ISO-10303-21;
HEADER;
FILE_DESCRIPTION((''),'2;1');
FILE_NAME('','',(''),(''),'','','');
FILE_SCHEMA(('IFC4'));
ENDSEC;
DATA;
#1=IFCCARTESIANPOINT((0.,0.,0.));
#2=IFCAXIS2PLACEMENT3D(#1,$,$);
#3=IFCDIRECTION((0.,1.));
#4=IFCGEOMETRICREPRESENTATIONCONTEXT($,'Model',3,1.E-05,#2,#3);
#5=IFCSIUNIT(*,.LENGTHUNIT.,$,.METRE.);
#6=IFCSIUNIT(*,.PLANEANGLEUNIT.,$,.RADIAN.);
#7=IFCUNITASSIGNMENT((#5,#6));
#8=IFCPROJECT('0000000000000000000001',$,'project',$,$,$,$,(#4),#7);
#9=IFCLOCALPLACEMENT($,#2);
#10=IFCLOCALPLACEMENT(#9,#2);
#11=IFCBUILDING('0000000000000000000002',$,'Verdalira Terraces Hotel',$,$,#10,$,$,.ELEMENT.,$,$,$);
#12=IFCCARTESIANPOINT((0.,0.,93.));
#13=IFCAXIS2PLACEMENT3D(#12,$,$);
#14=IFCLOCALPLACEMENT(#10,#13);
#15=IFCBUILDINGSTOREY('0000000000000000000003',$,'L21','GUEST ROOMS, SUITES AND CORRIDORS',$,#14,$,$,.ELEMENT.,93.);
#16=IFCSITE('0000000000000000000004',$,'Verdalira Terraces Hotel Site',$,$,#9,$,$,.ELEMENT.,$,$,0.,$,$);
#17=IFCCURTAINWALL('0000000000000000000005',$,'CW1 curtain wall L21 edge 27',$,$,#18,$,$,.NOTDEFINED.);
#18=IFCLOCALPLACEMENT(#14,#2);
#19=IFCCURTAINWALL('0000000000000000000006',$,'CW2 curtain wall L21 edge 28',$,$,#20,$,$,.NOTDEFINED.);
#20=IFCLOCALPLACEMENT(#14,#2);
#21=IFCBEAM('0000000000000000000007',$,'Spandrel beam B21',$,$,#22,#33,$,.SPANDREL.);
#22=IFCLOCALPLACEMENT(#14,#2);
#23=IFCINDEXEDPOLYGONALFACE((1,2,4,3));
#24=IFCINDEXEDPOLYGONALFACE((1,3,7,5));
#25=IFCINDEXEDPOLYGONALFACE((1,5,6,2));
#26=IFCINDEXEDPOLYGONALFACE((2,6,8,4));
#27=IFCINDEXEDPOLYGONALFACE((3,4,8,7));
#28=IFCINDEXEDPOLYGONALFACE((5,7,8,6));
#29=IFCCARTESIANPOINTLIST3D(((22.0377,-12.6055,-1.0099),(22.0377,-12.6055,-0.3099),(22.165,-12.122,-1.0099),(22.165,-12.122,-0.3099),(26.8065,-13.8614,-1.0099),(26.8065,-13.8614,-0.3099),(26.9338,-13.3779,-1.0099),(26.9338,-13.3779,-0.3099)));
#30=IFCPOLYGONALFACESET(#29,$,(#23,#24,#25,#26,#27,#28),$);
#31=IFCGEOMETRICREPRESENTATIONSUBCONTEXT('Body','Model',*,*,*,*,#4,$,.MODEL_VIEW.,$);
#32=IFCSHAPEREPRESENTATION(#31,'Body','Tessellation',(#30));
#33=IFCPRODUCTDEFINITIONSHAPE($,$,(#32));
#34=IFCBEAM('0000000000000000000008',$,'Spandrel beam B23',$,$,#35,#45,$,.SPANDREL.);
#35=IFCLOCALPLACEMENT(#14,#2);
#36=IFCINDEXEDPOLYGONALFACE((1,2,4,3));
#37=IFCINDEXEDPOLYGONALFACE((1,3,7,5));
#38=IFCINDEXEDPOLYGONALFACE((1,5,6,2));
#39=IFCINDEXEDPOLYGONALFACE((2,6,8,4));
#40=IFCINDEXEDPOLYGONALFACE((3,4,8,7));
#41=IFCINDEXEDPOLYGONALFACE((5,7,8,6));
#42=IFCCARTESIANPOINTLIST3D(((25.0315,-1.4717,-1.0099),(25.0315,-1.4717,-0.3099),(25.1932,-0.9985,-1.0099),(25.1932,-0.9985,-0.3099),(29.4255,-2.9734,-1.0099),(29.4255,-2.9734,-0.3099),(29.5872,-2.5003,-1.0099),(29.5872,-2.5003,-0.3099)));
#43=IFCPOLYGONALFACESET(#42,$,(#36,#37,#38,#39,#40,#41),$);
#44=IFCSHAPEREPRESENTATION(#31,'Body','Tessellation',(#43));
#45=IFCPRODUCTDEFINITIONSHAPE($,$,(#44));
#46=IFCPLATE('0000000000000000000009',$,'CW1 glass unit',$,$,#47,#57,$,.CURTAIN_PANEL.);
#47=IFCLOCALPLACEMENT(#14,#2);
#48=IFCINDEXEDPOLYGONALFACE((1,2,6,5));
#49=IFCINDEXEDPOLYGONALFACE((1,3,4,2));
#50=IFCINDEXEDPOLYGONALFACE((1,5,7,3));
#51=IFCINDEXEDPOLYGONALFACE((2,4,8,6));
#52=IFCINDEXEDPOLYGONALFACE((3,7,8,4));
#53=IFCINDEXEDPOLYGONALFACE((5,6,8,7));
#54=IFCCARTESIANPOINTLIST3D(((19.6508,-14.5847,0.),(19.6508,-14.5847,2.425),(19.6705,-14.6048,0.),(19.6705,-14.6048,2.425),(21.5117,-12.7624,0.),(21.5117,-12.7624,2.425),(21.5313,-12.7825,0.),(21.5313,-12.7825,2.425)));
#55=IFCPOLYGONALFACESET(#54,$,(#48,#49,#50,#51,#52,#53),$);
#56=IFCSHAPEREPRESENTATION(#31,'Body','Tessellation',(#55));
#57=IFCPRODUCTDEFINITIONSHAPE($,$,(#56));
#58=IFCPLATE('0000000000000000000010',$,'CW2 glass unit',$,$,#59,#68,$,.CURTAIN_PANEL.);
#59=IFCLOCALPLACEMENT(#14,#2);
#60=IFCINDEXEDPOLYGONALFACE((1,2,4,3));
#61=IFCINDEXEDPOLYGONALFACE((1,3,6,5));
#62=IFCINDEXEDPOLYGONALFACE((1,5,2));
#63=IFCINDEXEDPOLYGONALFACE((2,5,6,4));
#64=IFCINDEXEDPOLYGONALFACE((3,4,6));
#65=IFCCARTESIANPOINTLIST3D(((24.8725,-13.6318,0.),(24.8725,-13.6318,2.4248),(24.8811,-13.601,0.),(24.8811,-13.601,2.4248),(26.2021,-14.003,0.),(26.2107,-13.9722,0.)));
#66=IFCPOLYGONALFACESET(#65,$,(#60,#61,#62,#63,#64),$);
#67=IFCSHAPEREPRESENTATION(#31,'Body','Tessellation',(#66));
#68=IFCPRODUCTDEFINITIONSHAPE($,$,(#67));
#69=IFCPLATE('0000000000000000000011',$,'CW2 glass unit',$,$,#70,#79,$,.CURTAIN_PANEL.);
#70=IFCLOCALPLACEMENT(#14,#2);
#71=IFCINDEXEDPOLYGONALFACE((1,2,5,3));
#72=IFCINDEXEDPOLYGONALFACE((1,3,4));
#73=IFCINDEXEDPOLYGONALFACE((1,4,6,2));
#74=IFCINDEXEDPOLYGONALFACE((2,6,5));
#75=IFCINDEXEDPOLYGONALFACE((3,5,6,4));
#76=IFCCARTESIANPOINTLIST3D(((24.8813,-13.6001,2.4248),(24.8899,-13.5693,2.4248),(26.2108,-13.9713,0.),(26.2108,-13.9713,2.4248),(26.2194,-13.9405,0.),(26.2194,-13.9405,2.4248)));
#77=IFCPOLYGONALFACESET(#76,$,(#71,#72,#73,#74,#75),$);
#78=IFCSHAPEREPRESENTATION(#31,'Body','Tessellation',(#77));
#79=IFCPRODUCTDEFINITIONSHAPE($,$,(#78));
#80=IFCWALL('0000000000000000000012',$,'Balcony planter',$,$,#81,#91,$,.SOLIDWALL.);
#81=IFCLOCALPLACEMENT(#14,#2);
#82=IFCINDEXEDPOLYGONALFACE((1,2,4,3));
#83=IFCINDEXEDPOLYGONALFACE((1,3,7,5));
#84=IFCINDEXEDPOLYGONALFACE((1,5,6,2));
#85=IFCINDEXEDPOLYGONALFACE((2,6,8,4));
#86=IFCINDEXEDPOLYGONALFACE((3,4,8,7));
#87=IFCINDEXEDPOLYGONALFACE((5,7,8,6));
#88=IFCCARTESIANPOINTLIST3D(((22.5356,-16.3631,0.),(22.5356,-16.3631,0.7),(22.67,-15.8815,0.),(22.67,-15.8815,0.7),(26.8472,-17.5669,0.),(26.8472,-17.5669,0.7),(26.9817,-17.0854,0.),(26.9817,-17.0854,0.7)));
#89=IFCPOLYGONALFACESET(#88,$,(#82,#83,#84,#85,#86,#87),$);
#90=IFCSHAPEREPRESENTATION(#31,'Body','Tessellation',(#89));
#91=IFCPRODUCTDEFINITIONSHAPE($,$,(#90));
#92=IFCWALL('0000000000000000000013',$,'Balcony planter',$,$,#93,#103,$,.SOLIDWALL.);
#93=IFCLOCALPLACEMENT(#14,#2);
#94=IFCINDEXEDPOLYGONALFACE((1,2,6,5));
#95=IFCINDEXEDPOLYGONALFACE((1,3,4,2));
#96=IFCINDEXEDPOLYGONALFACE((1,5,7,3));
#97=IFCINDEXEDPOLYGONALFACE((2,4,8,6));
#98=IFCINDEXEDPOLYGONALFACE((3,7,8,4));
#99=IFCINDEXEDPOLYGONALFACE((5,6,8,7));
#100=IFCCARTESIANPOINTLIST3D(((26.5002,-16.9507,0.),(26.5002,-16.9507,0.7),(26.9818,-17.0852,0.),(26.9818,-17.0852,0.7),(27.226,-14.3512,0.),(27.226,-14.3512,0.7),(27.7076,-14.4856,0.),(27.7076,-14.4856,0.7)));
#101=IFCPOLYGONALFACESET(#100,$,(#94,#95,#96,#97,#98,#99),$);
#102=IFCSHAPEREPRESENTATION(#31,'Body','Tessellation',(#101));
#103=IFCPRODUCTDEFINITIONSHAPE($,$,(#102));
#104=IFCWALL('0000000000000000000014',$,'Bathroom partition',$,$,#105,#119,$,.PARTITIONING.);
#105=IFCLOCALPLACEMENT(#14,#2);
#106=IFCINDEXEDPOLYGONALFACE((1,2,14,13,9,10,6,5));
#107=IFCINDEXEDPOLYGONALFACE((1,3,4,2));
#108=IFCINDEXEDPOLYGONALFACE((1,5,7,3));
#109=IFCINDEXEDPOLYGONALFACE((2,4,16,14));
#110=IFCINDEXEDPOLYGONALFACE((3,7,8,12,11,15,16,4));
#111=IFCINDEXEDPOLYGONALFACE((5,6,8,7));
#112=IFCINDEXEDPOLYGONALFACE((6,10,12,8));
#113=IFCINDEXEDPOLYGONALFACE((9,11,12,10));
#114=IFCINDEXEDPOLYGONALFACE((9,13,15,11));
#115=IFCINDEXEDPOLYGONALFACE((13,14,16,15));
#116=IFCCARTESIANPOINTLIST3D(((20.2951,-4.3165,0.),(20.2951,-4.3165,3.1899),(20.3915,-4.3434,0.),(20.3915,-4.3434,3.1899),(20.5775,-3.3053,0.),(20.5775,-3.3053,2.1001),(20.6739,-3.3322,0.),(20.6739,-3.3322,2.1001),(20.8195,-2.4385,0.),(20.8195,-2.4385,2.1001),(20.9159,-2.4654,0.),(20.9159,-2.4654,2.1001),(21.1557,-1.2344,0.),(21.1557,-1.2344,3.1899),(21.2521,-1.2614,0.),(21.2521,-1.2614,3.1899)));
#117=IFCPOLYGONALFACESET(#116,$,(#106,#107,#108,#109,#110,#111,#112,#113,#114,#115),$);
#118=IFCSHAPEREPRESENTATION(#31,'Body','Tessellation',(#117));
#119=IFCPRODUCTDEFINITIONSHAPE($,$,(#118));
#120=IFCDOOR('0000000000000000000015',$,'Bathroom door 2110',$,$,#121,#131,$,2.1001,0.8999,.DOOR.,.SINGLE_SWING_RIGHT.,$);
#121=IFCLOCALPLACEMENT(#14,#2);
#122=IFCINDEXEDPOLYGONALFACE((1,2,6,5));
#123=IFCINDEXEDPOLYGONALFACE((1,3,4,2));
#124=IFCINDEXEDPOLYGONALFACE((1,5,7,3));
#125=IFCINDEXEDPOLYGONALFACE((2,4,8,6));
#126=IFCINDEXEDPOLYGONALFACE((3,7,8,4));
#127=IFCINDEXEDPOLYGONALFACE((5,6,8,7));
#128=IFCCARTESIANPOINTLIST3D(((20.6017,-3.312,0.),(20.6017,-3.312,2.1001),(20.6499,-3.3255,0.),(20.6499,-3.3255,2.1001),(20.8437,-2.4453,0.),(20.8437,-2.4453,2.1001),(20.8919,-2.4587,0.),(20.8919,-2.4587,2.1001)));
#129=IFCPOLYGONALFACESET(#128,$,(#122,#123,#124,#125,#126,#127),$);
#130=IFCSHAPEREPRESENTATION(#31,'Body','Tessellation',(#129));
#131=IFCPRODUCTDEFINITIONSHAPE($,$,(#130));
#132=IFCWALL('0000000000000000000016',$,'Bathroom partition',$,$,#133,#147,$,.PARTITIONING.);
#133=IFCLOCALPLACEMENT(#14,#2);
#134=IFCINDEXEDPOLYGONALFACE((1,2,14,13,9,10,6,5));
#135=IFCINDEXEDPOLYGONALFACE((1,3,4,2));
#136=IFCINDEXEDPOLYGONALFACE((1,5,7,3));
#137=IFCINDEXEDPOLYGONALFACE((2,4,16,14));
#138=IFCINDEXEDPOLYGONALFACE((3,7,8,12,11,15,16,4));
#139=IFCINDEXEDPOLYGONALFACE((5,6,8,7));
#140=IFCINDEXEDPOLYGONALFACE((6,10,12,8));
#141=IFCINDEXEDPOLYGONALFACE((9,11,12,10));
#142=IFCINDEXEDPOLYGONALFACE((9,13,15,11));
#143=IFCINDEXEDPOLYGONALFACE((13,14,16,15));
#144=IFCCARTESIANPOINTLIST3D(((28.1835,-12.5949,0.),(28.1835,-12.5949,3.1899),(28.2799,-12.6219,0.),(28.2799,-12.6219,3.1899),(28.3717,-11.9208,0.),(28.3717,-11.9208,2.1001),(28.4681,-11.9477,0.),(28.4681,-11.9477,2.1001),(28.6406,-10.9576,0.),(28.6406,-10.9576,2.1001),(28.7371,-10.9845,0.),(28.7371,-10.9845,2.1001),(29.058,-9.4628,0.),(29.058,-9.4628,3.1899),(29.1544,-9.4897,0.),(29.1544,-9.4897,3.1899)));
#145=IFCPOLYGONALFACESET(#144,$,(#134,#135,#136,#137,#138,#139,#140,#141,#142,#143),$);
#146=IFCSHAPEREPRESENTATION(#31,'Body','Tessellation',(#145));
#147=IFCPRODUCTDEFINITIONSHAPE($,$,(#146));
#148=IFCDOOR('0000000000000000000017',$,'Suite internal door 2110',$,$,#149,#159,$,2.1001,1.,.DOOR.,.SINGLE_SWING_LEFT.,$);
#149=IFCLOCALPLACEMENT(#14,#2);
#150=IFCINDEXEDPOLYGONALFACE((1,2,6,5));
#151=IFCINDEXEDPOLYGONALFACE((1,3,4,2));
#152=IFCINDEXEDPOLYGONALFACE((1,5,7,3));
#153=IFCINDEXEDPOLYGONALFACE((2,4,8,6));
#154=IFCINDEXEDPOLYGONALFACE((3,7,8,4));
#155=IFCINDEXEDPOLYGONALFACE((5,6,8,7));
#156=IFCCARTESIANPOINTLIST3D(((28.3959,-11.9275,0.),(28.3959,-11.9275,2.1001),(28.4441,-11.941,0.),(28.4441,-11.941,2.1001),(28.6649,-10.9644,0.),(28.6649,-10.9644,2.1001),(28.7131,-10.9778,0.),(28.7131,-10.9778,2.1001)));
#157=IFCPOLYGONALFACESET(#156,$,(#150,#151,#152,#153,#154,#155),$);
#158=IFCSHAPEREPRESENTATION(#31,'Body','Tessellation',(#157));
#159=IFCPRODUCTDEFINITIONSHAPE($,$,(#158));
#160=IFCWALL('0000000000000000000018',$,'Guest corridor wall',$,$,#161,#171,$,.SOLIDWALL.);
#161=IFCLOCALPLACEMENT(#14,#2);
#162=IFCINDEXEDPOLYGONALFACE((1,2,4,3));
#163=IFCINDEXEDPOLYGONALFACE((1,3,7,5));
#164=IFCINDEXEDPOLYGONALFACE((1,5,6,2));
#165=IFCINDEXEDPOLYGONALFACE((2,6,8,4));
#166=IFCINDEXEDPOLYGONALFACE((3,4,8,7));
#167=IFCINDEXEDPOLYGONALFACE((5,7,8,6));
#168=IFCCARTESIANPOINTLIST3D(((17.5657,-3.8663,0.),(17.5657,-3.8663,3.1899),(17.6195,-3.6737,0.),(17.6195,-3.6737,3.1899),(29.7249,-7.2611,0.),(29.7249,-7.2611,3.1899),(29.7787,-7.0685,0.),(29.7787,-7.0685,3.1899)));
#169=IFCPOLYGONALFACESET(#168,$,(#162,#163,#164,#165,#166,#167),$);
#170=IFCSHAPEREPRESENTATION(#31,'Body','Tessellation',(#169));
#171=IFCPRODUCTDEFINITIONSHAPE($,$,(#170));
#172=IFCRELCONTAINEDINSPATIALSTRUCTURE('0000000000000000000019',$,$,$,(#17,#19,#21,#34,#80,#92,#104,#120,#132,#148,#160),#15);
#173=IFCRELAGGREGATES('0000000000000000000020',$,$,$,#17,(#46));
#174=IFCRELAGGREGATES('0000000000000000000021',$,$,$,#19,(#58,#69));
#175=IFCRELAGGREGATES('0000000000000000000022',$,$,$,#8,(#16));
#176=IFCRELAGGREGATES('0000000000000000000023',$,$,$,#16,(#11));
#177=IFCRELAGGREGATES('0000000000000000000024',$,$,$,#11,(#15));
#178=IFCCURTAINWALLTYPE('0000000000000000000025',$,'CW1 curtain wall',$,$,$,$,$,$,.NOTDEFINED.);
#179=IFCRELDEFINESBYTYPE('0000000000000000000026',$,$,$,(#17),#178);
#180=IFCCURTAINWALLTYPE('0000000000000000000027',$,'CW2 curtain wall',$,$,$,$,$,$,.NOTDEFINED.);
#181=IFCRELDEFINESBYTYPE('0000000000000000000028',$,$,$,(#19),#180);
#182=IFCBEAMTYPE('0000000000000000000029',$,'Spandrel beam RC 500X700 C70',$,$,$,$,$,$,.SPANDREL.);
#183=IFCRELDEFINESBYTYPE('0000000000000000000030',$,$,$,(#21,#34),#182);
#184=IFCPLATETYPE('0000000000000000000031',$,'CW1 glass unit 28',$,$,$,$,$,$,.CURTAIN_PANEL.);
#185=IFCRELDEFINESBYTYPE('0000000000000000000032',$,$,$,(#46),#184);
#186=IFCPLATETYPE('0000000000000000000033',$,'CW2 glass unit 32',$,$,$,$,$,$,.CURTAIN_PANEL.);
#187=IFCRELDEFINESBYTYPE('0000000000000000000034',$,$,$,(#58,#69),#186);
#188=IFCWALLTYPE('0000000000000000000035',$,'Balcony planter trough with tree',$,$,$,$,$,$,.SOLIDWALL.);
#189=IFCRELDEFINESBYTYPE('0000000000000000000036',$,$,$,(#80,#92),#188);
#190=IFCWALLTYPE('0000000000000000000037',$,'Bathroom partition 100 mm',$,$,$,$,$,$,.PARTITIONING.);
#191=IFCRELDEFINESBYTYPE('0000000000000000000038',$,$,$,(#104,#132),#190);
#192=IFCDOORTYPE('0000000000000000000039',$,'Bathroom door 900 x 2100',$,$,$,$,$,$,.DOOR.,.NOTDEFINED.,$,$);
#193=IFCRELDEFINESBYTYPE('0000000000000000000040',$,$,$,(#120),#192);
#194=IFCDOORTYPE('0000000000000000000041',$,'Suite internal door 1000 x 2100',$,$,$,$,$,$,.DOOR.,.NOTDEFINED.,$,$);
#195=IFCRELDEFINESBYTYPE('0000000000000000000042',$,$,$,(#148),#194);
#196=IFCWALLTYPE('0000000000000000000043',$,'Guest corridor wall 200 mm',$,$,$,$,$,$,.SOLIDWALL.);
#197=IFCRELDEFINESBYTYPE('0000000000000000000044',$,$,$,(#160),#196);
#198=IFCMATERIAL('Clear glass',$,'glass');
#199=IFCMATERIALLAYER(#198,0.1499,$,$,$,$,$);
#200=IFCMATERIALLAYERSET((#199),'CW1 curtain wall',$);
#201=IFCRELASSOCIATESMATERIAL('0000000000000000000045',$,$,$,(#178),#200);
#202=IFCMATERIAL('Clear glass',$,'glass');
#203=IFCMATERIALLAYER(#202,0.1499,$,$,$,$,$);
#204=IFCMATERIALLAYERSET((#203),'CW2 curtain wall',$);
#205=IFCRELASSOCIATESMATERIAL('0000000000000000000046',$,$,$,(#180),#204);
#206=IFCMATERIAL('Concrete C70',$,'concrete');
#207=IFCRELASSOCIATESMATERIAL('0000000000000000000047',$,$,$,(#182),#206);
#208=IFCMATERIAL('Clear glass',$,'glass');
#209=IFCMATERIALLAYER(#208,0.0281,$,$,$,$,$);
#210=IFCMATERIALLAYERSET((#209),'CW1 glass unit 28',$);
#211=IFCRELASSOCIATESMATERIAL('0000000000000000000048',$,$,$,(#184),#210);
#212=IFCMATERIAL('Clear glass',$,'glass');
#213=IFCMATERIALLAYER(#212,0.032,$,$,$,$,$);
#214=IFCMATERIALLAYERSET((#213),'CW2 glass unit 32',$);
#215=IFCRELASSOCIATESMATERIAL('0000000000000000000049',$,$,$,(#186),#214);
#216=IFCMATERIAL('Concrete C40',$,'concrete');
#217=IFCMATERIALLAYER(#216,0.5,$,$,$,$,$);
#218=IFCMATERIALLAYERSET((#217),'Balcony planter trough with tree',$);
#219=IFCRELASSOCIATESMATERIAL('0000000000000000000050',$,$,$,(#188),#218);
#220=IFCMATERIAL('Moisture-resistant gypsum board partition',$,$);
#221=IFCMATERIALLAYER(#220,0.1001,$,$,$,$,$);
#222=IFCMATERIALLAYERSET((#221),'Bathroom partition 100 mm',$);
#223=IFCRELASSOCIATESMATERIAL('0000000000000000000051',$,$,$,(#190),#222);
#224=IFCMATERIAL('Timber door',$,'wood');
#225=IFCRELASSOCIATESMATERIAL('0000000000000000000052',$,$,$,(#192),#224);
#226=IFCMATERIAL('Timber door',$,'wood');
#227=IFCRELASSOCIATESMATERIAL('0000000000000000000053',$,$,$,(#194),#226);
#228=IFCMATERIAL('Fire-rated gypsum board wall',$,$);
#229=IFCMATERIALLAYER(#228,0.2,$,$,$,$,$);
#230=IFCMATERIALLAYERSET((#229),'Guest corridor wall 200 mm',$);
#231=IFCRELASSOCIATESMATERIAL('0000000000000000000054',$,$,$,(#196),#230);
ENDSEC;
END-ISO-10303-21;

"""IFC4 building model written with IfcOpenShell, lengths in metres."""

from ifc_helpers import new_model, si_unit, direction, frame, frame_2d, origin, origin_2d, place, context, subcontext, project, spatial, polyline, rectangle, outline, extrude, material, layer, layer_set, material_profile, profile_set, type_object, element, fill, aggregate, save


model = new_model("IFC4")

# Units and contexts
model_context = context("Model", 3, precision=1e-05, world=origin(), true_north=direction((0.0, 1.0)))
body_context = subcontext(model_context, "Body", "Model", "MODEL_VIEW")
ifc_project = project(units=[si_unit("LENGTHUNIT", "METRE"), si_unit("PLANEANGLEUNIT", "RADIAN")], contexts=[model_context])

# Site, building, storey
site_placement = place(None, origin())
site = spatial("IfcSite", under=ifc_project, at=site_placement, Name="Verdalira Terraces Hotel Site", CompositionType="ELEMENT", RefElevation=0.0)
building_placement = place(site_placement, origin())
building = spatial("IfcBuilding", under=site, at=building_placement, Name="Verdalira Terraces Hotel", CompositionType="ELEMENT")
storey_placement = place(building_placement, frame((0.0, 0.0, 93.0)))
storey = spatial("IfcBuildingStorey", under=building, at=storey_placement, Name="L21", Description="GUEST ROOMS, SUITES AND CORRIDORS", CompositionType="ELEMENT", Elevation=93.0)

# Curtain wall
ifc_material_1 = material(Name="Clear glass", Category="glass")
ifc_layer_1 = layer(ifc_material_1, 0.1499)
ifc_layer_set_1 = layer_set([ifc_layer_1], Name="CW1 curtain wall")
curtain_wall_type_1 = type_object("IfcCurtainWallType", Name="CW1 curtain wall", PredefinedType="NOTDEFINED", material=ifc_layer_set_1)
curtain_wall_1_placement = place(storey_placement, origin())
curtain_wall_1 = element("IfcCurtainWall", 1, at=curtain_wall_1_placement, inside=storey, type_object=curtain_wall_type_1, Name="CW1 curtain wall L21 edge 27", PredefinedType="NOTDEFINED")

# Curtain wall
ifc_material_2 = material(Name="Clear glass", Category="glass")
ifc_layer_2 = layer(ifc_material_2, 0.1499)
ifc_layer_set_2 = layer_set([ifc_layer_2], Name="CW2 curtain wall")
curtain_wall_type_2 = type_object("IfcCurtainWallType", Name="CW2 curtain wall", PredefinedType="NOTDEFINED", material=ifc_layer_set_2)
curtain_wall_2_placement = place(storey_placement, origin())
curtain_wall_2 = element("IfcCurtainWall", 2, at=curtain_wall_2_placement, inside=storey, type_object=curtain_wall_type_2, Name="CW2 curtain wall L21 edge 28", PredefinedType="NOTDEFINED")

# Beams
ifc_material_3 = material(Name="Concrete C70", Category="concrete")
ifc_material_profile_1 = material_profile(ifc_material_3, rectangle(XDim=0.5, YDim=0.7, at=origin_2d()), Name="RC 500X700")
ifc_profile_set_1 = profile_set([ifc_material_profile_1], Name="Concrete C70")
beam_type_1 = type_object("IfcBeamType", Name="Spandrel beam RC 500X700 C70", PredefinedType="SPANDREL", material=ifc_profile_set_1)
beam_1_placement = place(storey_placement, frame((22.1013, -12.3638, -0.6599), z_axis=(0.967029, -0.254666, 0.0), x_axis=(0.254666, 0.967029, 0.0)))
element("IfcBeam", 3, at=beam_1_placement, inside=storey, type_object=beam_type_1, Name="Spandrel beam B21", PredefinedType="SPANDREL", context=body_context, shape_type="SweptSolid", body=[
    extrude(rectangle(XDim=0.5, YDim=0.7, at=origin_2d()), origin(), (0.0, 0.0, 1.0), 4.9314),
])
beam_2_placement = place(storey_placement, frame((29.5063, -2.7368, -0.6599), z_axis=(-0.946264, 0.323395, 0.0), x_axis=(-0.323395, -0.946264, 0.0)))
element("IfcBeam", 4, at=beam_2_placement, inside=storey, type_object=beam_type_1, Name="Spandrel beam B23", PredefinedType="SPANDREL", context=body_context, shape_type="SweptSolid", body=[
    extrude(rectangle(XDim=0.5, YDim=0.7, at=origin_2d()), origin(), (0.0, 0.0, 1.0), 4.6436),
])

# Plates
ifc_material_4 = material(Name="Clear glass", Category="glass")
ifc_layer_3 = layer(ifc_material_4, 0.0281)
ifc_layer_set_3 = layer_set([ifc_layer_3], Name="CW1 glass unit 28")
plate_type_1 = type_object("IfcPlateType", Name="CW1 glass unit 28", PredefinedType="CURTAIN_PANEL", material=ifc_layer_set_3)
plate_1_placement = place(storey_placement, frame((20.5911, -13.6836, 0.0), z_axis=(0.0, 0.0, 1.0), x_axis=(0.714473, 0.699663, 0.0)))
plate_1 = element("IfcPlate", 5, at=plate_1_placement, type_object=plate_type_1, Name="CW1 glass unit", PredefinedType="CURTAIN_PANEL", context=body_context, shape_type="SweptSolid", body=[
    extrude(rectangle(XDim=2.6045, YDim=0.0281, at=origin_2d()), origin(), (0.0, 0.0, 1.0), 2.425),
])
aggregate(curtain_wall_1, [plate_1])
ifc_material_5 = material(Name="Clear glass", Category="glass")
ifc_layer_4 = layer(ifc_material_5, 0.032)
ifc_layer_set_4 = layer_set([ifc_layer_4], Name="CW2 glass unit 32")
plate_type_2 = type_object("IfcPlateType", Name="CW2 glass unit 32", PredefinedType="CURTAIN_PANEL", material=ifc_layer_set_4)
plate_2_placement = place(storey_placement, frame((25.5459, -13.7866, 1.2124), z_axis=(-0.26892, -0.963163, 0.0), x_axis=(0.963163, -0.26892, 0.0)))
plate_2 = element("IfcPlate", 6, at=plate_2_placement, type_object=plate_type_2, Name="CW2 glass unit", PredefinedType="CURTAIN_PANEL", context=body_context, shape_type="SweptSolid", body=[
    extrude(outline(polyline([(-0.6902, -1.2124), (0.6902, -1.2124), (-0.6902, 1.2124), (-0.6902, -1.2124)])), origin(), (0.0, 0.0, 1.0), 0.032),
])
plate_3_placement = place(storey_placement, frame((25.5547, -13.7549, 1.2124), z_axis=(-0.26892, -0.963163, 0.0), x_axis=(0.963163, -0.26892, 0.0)))
plate_3 = element("IfcPlate", 7, at=plate_3_placement, type_object=plate_type_2, Name="CW2 glass unit", PredefinedType="CURTAIN_PANEL", context=body_context, shape_type="SweptSolid", body=[
    extrude(outline(polyline([(0.6902, -1.2124), (0.6902, 1.2124), (-0.6902, 1.2124), (0.6902, -1.2124)])), origin(), (0.0, 0.0, 1.0), 0.032),
])
aggregate(curtain_wall_2, [plate_2, plate_3])

# Walls
ifc_material_6 = material(Name="Concrete C40", Category="concrete")
ifc_layer_5 = layer(ifc_material_6, 0.5)
ifc_layer_set_5 = layer_set([ifc_layer_5], Name="Balcony planter trough with tree")
wall_type_1 = type_object("IfcWallType", Name="Balcony planter trough with tree", PredefinedType="SOLIDWALL", material=ifc_layer_set_5)
wall_1_placement = place(storey_placement, frame((22.6028, -16.1223, 0.0), z_axis=(0.0, 0.0, 1.0), x_axis=(0.963163, -0.268918, 0.0)))
element("IfcWall", 8, at=wall_1_placement, inside=storey, type_object=wall_type_1, Name="Balcony planter", PredefinedType="SOLIDWALL", context=body_context, shape_type="SweptSolid", body=[
    extrude(rectangle(XDim=4.4766, YDim=0.5, at=frame_2d((2.2383, 0.0))), origin(), (0.0, 0.0, 1.0), 0.7),
])
wall_2_placement = place(storey_placement, frame((26.741, -17.0181, 0.0), z_axis=(0.0, 0.0, 1.0), x_axis=(0.268922, 0.963162, 0.0)))
element("IfcWall", 9, at=wall_2_placement, inside=storey, type_object=wall_type_1, Name="Balcony planter", PredefinedType="SOLIDWALL", context=body_context, shape_type="SweptSolid", body=[
    extrude(rectangle(XDim=2.699, YDim=0.5, at=frame_2d((1.3496, 0.0))), origin(), (0.0, 0.0, 1.0), 0.7),
])

# Walls, openings, doors
ifc_material_7 = material(Name="Moisture-resistant gypsum board partition")
ifc_layer_6 = layer(ifc_material_7, 0.1001)
ifc_layer_set_6 = layer_set([ifc_layer_6], Name="Bathroom partition 100 mm")
wall_type_2 = type_object("IfcWallType", Name="Bathroom partition 100 mm", PredefinedType="PARTITIONING", material=ifc_layer_set_6)
wall_3_placement = place(storey_placement, frame((20.3433, -4.3301, 0.0), z_axis=(0.0, 0.0, 1.0), x_axis=(0.268942, 0.963156, 0.0)))
wall_3 = element("IfcWall", 10, at=wall_3_placement, inside=storey, type_object=wall_type_2, Name="Bathroom partition", PredefinedType="PARTITIONING", context=body_context, shape_type="SweptSolid", body=[
    extrude(rectangle(XDim=3.2, YDim=0.1001, at=frame_2d((1.6001, 0.0))), origin(), (0.0, 0.0, 1.0), 3.1899),
])
opening_1_placement = place(wall_3_placement, frame((1.05, 0.0, 0.0)))
opening_1 = element("IfcOpeningElement", 11, at=opening_1_placement, cuts=wall_3, PredefinedType="OPENING", context=body_context, shape_type="SweptSolid", body=[
    extrude(rectangle(XDim=0.8999, YDim=2.1001, at=frame_2d((0.45, 1.05))), frame((0.0, 0.0601, 0.0), z_axis=(0.0, -1.0, 0.0), x_axis=(1.0, 0.0, 0.0)), (0.0, 0.0, 1.0), 0.1201),
])
ifc_material_8 = material(Name="Timber door", Category="wood")
door_type_1 = type_object("IfcDoorType", Name="Bathroom door 900 x 2100", OperationType="NOTDEFINED", PredefinedType="DOOR", material=ifc_material_8)
door_1_placement = place(opening_1_placement, origin())
door_1 = element("IfcDoor", 12, at=door_1_placement, inside=storey, type_object=door_type_1, Name="Bathroom door 2110", OperationType="SINGLE_SWING_RIGHT", OverallHeight=2.1001, OverallWidth=0.8999, PredefinedType="DOOR", context=body_context, shape_type="SweptSolid", body=[
    extrude(rectangle(XDim=0.8999, YDim=2.1001, at=frame_2d((0.45, 1.05))), frame((0.0, 0.0249, 0.0), z_axis=(0.0, -1.0, 0.0), x_axis=(1.0, 0.0, 0.0)), (0.0, 0.0, 1.0), 0.05),
])
fill(opening_1, door_1)
wall_4_placement = place(storey_placement, frame((28.2317, -12.6084, 0.0), z_axis=(0.0, 0.0, 1.0), x_axis=(0.268925, 0.963161, 0.0)))
wall_4 = element("IfcWall", 13, at=wall_4_placement, inside=storey, type_object=wall_type_2, Name="Bathroom partition", PredefinedType="PARTITIONING", context=body_context, shape_type="SweptSolid", body=[
    extrude(rectangle(XDim=3.252, YDim=0.1001, at=frame_2d((1.626, 0.0))), origin(), (0.0, 0.0, 1.0), 3.1899),
])
opening_2_placement = place(wall_4_placement, frame((0.7, 0.0, 0.0)))
opening_2 = element("IfcOpeningElement", 14, at=opening_2_placement, cuts=wall_4, PredefinedType="OPENING", context=body_context, shape_type="SweptSolid", body=[
    extrude(rectangle(XDim=1.0, YDim=2.1001, at=frame_2d((0.5, 1.05))), frame((0.0, 0.0601, 0.0), z_axis=(0.0, -1.0, 0.0), x_axis=(1.0, 0.0, 0.0)), (0.0, 0.0, 1.0), 0.1201),
])
ifc_material_9 = material(Name="Timber door", Category="wood")
door_type_2 = type_object("IfcDoorType", Name="Suite internal door 1000 x 2100", OperationType="NOTDEFINED", PredefinedType="DOOR", material=ifc_material_9)
door_2_placement = place(opening_2_placement, origin())
door_2 = element("IfcDoor", 15, at=door_2_placement, inside=storey, type_object=door_type_2, Name="Suite internal door 2110", OperationType="SINGLE_SWING_LEFT", OverallHeight=2.1001, OverallWidth=1.0, PredefinedType="DOOR", context=body_context, shape_type="SweptSolid", body=[
    extrude(rectangle(XDim=1.0, YDim=2.1001, at=frame_2d((0.5, 1.05))), frame((0.0, 0.0249, 0.0), z_axis=(0.0, -1.0, 0.0), x_axis=(1.0, 0.0, 0.0)), (0.0, 0.0, 1.0), 0.05),
])
fill(opening_2, door_2)

# Wall
ifc_material_10 = material(Name="Fire-rated gypsum board wall")
ifc_layer_7 = layer(ifc_material_10, 0.2)
ifc_layer_set_7 = layer_set([ifc_layer_7], Name="Guest corridor wall 200 mm")
wall_type_3 = type_object("IfcWallType", Name="Guest corridor wall 200 mm", PredefinedType="SOLIDWALL", material=ifc_layer_set_7)
wall_5_placement = place(storey_placement, frame((29.7517, -7.1648, 0.0), z_axis=(0.0, 0.0, 1.0), x_axis=(-0.963165, 0.26891, 0.0)))
element("IfcWall", 16, at=wall_5_placement, inside=storey, type_object=wall_type_3, Name="Guest corridor wall", PredefinedType="SOLIDWALL", context=body_context, shape_type="SweptSolid", body=[
    extrude(rectangle(XDim=12.6243, YDim=0.2, at=frame_2d((6.312, 0.0))), origin(), (0.0, 0.0, 1.0), 3.1899),
])

save(model, "model.ifc")
